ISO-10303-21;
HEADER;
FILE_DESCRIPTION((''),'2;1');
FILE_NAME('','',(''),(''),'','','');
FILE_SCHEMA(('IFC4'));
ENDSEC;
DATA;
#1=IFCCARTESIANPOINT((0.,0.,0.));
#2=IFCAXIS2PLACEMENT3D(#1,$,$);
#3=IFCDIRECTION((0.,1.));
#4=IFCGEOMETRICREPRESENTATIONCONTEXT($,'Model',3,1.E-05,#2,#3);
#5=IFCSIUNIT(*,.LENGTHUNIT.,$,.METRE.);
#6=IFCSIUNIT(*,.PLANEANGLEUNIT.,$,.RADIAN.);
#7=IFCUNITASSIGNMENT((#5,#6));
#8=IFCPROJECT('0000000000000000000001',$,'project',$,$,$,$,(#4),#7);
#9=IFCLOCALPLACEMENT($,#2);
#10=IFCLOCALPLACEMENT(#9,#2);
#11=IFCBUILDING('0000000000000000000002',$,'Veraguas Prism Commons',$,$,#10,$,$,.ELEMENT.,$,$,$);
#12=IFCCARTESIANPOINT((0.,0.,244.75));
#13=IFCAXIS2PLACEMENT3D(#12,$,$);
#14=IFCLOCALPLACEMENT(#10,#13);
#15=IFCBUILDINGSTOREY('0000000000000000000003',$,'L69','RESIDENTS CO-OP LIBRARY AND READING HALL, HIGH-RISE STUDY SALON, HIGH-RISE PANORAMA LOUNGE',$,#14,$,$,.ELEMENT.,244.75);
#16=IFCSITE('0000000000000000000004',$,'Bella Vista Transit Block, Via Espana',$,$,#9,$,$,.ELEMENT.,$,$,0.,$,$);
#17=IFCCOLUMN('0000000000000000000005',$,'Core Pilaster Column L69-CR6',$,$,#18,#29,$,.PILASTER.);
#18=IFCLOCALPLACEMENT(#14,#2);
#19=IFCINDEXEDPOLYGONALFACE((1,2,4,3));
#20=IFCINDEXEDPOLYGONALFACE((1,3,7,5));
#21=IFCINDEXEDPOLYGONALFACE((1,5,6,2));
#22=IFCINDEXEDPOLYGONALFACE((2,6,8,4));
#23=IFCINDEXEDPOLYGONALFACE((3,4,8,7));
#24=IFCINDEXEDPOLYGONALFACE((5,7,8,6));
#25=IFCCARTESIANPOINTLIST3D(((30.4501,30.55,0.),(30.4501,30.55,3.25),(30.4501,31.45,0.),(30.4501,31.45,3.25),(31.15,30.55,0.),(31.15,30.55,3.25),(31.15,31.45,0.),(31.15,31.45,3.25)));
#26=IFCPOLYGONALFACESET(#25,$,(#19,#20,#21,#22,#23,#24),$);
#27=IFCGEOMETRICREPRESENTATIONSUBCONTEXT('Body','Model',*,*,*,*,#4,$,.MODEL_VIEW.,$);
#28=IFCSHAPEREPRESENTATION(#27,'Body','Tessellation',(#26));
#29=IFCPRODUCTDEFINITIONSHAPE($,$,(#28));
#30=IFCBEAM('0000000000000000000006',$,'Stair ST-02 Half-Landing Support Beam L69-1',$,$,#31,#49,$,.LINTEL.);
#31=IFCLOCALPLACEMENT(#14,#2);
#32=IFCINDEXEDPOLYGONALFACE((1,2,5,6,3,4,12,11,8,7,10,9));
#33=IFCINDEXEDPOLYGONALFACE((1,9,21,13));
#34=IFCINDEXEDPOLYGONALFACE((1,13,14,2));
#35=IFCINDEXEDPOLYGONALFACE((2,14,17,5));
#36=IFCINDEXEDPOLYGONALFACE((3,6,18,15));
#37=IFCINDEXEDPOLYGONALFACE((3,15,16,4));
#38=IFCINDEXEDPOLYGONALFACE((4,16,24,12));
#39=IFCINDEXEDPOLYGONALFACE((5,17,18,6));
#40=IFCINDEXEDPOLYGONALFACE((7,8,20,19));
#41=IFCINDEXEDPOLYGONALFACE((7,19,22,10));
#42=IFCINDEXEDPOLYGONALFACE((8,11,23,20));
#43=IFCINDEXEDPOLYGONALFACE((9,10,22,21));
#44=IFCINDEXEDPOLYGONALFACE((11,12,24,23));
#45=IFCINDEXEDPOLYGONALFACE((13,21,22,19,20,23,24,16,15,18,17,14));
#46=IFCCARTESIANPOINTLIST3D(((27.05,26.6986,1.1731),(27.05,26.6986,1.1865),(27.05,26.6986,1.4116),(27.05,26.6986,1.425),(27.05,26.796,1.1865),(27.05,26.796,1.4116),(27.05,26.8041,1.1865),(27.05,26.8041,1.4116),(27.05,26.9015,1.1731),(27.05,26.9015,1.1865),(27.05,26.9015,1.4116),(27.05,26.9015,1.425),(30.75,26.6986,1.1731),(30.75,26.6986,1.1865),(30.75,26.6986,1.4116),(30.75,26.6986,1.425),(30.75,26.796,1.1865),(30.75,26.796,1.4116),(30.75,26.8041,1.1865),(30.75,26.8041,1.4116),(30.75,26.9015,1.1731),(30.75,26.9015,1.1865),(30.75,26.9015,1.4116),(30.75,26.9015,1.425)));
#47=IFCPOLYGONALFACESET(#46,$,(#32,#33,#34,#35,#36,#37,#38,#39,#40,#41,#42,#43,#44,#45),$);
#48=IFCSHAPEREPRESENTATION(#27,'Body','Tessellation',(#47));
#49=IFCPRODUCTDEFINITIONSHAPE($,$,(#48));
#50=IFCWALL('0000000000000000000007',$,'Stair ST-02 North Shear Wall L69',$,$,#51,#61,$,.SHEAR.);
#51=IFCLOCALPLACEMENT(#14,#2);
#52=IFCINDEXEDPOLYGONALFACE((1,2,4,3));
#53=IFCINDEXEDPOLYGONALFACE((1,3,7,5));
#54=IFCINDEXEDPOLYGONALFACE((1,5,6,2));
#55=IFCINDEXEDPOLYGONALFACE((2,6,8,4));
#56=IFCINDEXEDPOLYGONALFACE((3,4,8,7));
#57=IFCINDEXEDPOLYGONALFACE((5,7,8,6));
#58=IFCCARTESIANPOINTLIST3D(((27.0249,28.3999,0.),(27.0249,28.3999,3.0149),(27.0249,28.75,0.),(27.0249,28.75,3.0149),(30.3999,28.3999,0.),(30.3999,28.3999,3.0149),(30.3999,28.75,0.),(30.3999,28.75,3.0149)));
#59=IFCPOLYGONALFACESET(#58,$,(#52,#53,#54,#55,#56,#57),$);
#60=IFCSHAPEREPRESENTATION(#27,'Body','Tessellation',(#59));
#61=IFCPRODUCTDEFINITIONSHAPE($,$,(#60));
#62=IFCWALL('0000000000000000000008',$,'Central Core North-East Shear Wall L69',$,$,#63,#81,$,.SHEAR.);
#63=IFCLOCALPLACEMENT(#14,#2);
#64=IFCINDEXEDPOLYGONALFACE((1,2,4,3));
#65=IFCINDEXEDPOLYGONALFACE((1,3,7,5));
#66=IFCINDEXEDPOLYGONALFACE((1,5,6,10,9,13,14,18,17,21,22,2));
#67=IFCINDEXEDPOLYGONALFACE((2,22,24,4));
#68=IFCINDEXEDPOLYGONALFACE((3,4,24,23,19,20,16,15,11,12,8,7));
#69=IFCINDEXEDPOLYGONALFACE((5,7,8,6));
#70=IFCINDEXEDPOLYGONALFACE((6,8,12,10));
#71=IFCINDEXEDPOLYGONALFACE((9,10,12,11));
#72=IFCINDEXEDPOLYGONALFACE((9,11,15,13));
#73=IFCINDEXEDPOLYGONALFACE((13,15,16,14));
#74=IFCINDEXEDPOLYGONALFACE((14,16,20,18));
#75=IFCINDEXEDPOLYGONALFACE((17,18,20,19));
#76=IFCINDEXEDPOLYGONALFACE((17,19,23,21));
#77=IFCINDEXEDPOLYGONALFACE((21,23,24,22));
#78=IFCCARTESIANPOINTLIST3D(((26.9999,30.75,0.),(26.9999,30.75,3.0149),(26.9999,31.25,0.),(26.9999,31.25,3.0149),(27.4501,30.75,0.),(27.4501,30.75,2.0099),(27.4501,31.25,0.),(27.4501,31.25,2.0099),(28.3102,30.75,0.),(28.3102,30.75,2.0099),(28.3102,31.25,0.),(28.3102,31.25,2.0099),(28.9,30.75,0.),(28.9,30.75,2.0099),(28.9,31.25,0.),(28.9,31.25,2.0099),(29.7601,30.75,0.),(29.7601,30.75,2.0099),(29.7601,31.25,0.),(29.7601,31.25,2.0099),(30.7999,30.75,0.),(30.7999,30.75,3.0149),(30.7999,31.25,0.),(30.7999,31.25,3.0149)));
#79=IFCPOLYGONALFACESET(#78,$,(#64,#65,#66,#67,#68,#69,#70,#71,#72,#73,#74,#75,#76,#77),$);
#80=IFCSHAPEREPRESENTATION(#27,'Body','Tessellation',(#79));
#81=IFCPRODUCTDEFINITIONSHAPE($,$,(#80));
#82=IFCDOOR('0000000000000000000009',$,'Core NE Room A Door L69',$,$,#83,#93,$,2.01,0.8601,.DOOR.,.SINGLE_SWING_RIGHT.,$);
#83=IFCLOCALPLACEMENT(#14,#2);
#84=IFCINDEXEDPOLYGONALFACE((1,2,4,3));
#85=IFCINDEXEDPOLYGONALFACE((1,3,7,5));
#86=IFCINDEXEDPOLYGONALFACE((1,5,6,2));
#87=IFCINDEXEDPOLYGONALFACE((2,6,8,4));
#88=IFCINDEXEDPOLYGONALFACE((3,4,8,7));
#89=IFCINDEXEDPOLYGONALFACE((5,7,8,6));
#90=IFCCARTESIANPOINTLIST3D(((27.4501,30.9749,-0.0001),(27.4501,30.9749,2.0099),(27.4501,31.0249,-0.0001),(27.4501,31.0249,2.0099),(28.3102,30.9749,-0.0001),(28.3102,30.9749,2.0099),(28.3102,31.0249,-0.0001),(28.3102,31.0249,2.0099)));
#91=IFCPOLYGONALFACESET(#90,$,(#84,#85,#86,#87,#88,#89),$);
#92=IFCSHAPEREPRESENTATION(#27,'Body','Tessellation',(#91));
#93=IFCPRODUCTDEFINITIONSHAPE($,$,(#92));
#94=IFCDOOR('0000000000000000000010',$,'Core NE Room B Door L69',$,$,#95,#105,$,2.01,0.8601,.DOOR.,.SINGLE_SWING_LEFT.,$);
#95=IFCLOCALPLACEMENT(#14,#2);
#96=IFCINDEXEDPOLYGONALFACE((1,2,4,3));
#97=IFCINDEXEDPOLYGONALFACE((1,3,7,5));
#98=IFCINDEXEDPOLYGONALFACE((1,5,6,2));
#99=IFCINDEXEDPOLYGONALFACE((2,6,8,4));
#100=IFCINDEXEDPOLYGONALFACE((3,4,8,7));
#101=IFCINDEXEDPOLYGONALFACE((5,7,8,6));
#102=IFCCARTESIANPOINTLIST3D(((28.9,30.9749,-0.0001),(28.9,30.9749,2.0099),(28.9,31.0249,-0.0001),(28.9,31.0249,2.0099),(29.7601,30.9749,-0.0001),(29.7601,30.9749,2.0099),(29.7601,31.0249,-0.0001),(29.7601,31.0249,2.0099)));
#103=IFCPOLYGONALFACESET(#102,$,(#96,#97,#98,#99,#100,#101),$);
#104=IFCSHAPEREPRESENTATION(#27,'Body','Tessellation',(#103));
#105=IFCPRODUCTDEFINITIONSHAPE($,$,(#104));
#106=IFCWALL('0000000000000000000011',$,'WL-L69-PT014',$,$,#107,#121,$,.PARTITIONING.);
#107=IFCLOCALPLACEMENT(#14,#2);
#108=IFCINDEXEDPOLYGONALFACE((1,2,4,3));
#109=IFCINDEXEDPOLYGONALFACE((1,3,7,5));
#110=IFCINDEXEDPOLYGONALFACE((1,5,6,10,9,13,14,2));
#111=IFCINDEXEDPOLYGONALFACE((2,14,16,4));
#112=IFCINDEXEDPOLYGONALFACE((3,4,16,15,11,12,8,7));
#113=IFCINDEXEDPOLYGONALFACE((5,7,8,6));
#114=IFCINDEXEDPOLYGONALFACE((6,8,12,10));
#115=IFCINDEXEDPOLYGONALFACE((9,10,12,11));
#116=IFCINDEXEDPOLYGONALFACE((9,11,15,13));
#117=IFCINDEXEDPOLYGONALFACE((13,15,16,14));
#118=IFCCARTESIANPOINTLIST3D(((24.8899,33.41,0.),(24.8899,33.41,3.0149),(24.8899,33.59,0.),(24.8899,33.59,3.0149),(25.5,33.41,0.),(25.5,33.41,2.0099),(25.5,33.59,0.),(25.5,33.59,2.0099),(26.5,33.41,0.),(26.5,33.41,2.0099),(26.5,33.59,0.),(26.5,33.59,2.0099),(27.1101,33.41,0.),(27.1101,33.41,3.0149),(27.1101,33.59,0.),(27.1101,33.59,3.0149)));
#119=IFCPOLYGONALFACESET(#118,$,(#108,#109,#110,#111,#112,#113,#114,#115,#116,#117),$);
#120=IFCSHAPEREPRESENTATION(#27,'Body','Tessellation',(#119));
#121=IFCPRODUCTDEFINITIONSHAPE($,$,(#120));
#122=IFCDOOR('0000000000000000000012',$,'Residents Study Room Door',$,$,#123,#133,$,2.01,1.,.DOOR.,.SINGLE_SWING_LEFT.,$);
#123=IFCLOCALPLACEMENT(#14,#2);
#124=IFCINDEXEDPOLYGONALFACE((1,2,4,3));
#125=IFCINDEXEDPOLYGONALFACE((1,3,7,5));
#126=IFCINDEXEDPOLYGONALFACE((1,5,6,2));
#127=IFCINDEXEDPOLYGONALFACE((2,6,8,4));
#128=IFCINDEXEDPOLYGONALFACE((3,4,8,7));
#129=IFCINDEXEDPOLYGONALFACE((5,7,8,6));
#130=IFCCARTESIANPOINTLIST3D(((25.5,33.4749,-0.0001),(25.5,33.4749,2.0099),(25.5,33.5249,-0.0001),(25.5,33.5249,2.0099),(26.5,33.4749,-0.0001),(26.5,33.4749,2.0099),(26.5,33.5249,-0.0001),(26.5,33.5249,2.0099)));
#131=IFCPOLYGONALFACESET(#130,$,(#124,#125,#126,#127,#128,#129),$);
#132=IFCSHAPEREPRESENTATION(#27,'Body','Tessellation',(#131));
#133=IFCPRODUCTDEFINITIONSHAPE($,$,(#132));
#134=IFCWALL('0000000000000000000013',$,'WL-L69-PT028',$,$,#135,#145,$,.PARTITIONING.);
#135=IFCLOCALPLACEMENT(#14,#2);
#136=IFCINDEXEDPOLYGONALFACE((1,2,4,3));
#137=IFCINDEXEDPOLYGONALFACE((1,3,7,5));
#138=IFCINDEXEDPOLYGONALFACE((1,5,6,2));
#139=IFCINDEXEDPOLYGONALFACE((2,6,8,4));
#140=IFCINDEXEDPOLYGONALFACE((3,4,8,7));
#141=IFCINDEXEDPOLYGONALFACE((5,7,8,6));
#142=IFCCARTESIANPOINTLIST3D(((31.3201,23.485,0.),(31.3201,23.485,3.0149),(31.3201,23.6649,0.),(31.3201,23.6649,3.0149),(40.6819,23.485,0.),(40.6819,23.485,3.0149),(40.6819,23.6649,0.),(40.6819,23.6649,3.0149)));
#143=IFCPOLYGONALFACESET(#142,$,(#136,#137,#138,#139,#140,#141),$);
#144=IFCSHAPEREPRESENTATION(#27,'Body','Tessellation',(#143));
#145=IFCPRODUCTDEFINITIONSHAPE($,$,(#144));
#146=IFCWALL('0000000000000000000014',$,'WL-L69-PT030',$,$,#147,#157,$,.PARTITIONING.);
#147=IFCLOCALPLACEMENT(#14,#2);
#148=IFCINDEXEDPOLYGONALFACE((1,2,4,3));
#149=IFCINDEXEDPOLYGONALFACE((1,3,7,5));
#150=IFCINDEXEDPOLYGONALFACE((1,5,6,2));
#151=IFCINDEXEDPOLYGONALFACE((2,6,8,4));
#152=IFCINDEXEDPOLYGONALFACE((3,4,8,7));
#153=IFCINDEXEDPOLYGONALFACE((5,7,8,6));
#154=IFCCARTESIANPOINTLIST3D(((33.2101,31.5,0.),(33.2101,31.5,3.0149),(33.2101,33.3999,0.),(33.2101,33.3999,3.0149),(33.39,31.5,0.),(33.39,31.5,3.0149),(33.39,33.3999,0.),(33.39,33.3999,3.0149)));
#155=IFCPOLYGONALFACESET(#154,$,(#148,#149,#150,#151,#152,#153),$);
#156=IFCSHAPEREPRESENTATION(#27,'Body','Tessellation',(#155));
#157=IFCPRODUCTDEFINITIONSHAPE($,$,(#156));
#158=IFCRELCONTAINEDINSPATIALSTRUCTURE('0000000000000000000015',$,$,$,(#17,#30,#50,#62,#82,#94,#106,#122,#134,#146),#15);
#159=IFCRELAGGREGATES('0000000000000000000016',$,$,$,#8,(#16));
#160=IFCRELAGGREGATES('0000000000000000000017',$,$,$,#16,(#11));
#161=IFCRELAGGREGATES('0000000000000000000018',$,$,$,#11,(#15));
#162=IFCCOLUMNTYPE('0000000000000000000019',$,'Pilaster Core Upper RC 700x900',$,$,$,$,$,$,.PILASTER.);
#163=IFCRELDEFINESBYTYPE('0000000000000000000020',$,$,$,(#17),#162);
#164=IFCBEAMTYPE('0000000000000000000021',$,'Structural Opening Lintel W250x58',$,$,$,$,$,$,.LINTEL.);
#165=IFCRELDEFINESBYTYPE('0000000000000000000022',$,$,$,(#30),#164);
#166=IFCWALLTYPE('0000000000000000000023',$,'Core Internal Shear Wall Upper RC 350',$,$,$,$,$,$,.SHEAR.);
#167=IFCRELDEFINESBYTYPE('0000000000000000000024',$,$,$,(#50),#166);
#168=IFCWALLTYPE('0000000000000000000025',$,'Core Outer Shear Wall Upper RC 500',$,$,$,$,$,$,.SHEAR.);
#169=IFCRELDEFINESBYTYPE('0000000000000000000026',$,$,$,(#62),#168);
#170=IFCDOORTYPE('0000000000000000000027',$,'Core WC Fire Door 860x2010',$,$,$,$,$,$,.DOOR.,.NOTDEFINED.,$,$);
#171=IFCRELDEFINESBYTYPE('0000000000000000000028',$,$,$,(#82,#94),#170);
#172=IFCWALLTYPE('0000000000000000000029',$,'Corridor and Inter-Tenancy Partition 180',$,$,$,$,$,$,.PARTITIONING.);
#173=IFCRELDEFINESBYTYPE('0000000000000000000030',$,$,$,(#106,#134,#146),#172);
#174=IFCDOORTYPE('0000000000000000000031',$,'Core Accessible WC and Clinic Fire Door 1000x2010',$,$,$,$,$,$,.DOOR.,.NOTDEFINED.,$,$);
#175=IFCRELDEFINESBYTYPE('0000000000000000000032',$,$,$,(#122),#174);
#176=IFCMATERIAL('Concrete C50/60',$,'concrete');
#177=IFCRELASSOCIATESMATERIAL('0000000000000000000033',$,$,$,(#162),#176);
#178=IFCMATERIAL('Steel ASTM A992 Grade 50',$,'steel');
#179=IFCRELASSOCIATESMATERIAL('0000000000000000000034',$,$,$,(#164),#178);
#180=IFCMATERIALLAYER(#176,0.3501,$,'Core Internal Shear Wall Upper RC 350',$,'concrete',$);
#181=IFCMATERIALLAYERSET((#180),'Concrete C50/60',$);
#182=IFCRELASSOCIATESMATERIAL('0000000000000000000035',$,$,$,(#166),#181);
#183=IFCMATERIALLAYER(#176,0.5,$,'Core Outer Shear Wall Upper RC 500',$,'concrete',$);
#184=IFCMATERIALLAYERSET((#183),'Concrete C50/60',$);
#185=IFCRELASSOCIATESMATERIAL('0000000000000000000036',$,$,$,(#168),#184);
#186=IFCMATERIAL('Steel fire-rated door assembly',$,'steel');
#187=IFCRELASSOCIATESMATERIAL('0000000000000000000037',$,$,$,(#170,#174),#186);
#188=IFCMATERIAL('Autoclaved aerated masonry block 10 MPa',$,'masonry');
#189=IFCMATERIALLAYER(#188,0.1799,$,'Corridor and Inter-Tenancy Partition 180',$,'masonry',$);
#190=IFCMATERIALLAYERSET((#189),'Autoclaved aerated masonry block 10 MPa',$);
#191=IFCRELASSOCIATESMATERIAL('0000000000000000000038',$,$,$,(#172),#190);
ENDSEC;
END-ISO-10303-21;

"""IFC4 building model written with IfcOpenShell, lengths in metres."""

from ifc_helpers import new_model, si_unit, direction, frame, frame_2d, origin, origin_2d, place, context, subcontext, project, spatial, rectangle, i_section, extrude, source, transform, mapped, material, layer, layer_set, material_profile, profile_set, type_object, element, fill, save


model = new_model("IFC4")

# Units and contexts
model_context = context("Model", 3, precision=1e-05, world=origin(), true_north=direction((0.0, 1.0)))
body_context = subcontext(model_context, "Body", "Model", "MODEL_VIEW")
ifc_project = project(units=[si_unit("LENGTHUNIT", "METRE"), si_unit("PLANEANGLEUNIT", "RADIAN")], contexts=[model_context])

# Site, building, storey
site_placement = place(None, origin())
site = spatial("IfcSite", under=ifc_project, at=site_placement, Name="Bella Vista Transit Block, Via Espana", CompositionType="ELEMENT", RefElevation=0.0)
building_placement = place(site_placement, origin())
building = spatial("IfcBuilding", under=site, at=building_placement, Name="Veraguas Prism Commons", CompositionType="ELEMENT")
storey_placement = place(building_placement, frame((0.0, 0.0, 244.75)))
storey = spatial("IfcBuildingStorey", under=building, at=storey_placement, Name="L69", Description="RESIDENTS CO-OP LIBRARY AND READING HALL, HIGH-RISE STUDY SALON, HIGH-RISE PANORAMA LOUNGE", CompositionType="ELEMENT", Elevation=244.75)

# Column
ifc_material_1 = material(Name="Concrete C50/60", Category="concrete")
ifc_material_profile_1 = material_profile(ifc_material_1, rectangle(XDim=0.7, YDim=0.8999, at=origin_2d()), Name="RC700X900")
ifc_profile_set_1 = profile_set([ifc_material_profile_1], Name="Concrete C50/60")
column_type = type_object("IfcColumnType", Name="Pilaster Core Upper RC 700x900", PredefinedType="PILASTER", material=ifc_profile_set_1)
column_placement = place(storey_placement, frame((30.8, 31.0, 0.0), z_axis=(0.0, 0.0, 1.0), x_axis=(1.0, 0.0, 0.0)))
element("IfcColumn", 1, at=column_placement, inside=storey, type_object=column_type, Name="Core Pilaster Column L69-CR6", PredefinedType="PILASTER", context=body_context, shape_type="SweptSolid", body=[
    extrude(rectangle(XDim=0.7, YDim=0.8999, at=origin_2d()), origin(), (0.0, 0.0, 1.0), 3.25),
])

# Beam
ifc_material_2 = material(Name="Steel ASTM A992 Grade 50", Category="steel")
ifc_material_profile_2 = material_profile(ifc_material_2, i_section(OverallWidth=0.2029, OverallDepth=0.252, WebThickness=0.0081, FlangeThickness=0.0134, at=origin_2d()), Name="W250X58")
ifc_profile_set_2 = profile_set([ifc_material_profile_2], Name="Steel ASTM A992 Grade 50")
beam_type = type_object("IfcBeamType", Name="Structural Opening Lintel W250x58", PredefinedType="LINTEL", material=ifc_profile_set_2)
beam_placement = place(storey_placement, frame((27.05, 26.8, 1.2991), z_axis=(1.0, 0.0, 0.0), x_axis=(0.0, 1.0, 0.0)))
element("IfcBeam", 2, at=beam_placement, inside=storey, type_object=beam_type, Name="Stair ST-02 Half-Landing Support Beam L69-1", PredefinedType="LINTEL", context=body_context, shape_type="SweptSolid", body=[
    extrude(i_section(OverallWidth=0.2029, OverallDepth=0.252, WebThickness=0.0081, FlangeThickness=0.0134, at=origin_2d()), origin(), (0.0, 0.0, 1.0), 3.7),
])

# Wall
ifc_layer_1 = layer(ifc_material_1, 0.3501, Name="Core Internal Shear Wall Upper RC 350", Category="concrete")
ifc_layer_set_1 = layer_set([ifc_layer_1], Name="Concrete C50/60")
wall_type_1 = type_object("IfcWallType", Name="Core Internal Shear Wall Upper RC 350", PredefinedType="SHEAR", material=ifc_layer_set_1)
wall_1_placement = place(storey_placement, frame((27.0249, 28.575, 0.0), z_axis=(0.0, 0.0, 1.0), x_axis=(1.0, 0.0, 0.0)))
element("IfcWall", 3, at=wall_1_placement, inside=storey, type_object=wall_type_1, Name="Stair ST-02 North Shear Wall L69", PredefinedType="SHEAR", context=body_context, shape_type="SweptSolid", body=[
    extrude(rectangle(XDim=3.375, YDim=0.3501, at=frame_2d((1.6875, 0.0))), origin(), (0.0, 0.0, 1.0), 3.0149),
])

# Wall, openings, doors
ifc_layer_2 = layer(ifc_material_1, 0.5, Name="Core Outer Shear Wall Upper RC 500", Category="concrete")
ifc_layer_set_2 = layer_set([ifc_layer_2], Name="Concrete C50/60")
wall_type_2 = type_object("IfcWallType", Name="Core Outer Shear Wall Upper RC 500", PredefinedType="SHEAR", material=ifc_layer_set_2)
wall_2_placement = place(storey_placement, frame((27.0, 31.0, 0.0), z_axis=(0.0, 0.0, 1.0), x_axis=(1.0, 0.0, 0.0)))
wall_2 = element("IfcWall", 4, at=wall_2_placement, inside=storey, type_object=wall_type_2, Name="Central Core North-East Shear Wall L69", PredefinedType="SHEAR", context=body_context, shape_type="SweptSolid", body=[
    extrude(rectangle(XDim=3.8, YDim=0.5, at=frame_2d((1.8999, 0.0))), origin(), (0.0, 0.0, 1.0), 3.0149),
])
opening_1_placement = place(wall_2_placement, frame((0.45, 0.0, 0.0)))
opening_1 = element("IfcOpeningElement", 5, at=opening_1_placement, cuts=wall_2, PredefinedType="OPENING", context=body_context, shape_type="SweptSolid", body=[
    extrude(rectangle(XDim=0.8601, YDim=2.01, at=frame_2d((0.4302, 1.0049))), frame((0.0, 0.26, 0.0), z_axis=(0.0, -1.0, 0.0), x_axis=(1.0, 0.0, 0.0)), (0.0, 0.0, 1.0), 0.52),
])
opening_2_placement = place(wall_2_placement, frame((1.8999, 0.0, 0.0)))
opening_2 = element("IfcOpeningElement", 6, at=opening_2_placement, cuts=wall_2, PredefinedType="OPENING", context=body_context, shape_type="SweptSolid", body=[
    extrude(rectangle(XDim=0.8601, YDim=2.01, at=frame_2d((0.4302, 1.0049))), frame((0.0, 0.26, 0.0), z_axis=(0.0, -1.0, 0.0), x_axis=(1.0, 0.0, 0.0)), (0.0, 0.0, 1.0), 0.52),
])
ifc_material_3 = material(Name="Steel fire-rated door assembly", Category="steel")
door_type_1 = type_object("IfcDoorType", Name="Core WC Fire Door 860x2010", OperationType="NOTDEFINED", PredefinedType="DOOR", material=ifc_material_3)
shared_shape_1 = source(origin(), body_context, "Body", "SweptSolid", [
    extrude(rectangle(XDim=0.8601, YDim=2.01, at=frame_2d((0.4302, 1.0049))), frame((0.0, 0.0249, 0.0), z_axis=(0.0, -1.0, 0.0), x_axis=(1.0, 0.0, 0.0)), (0.0, 0.0, 1.0), 0.05),
])
door_1_placement = place(opening_1_placement, origin())
door_1 = element("IfcDoor", 7, at=door_1_placement, inside=storey, type_object=door_type_1, Name="Core NE Room A Door L69", OperationType="SINGLE_SWING_RIGHT", OverallHeight=2.01, OverallWidth=0.8601, PredefinedType="DOOR", context=body_context, shape_type="MappedRepresentation", body=[
    mapped(shared_shape_1, transform((0.0, 0.0, 0.0), scale=1.0)),
])
fill(opening_1, door_1)
door_2_placement = place(opening_2_placement, origin())
door_2 = element("IfcDoor", 8, at=door_2_placement, inside=storey, type_object=door_type_1, Name="Core NE Room B Door L69", OperationType="SINGLE_SWING_LEFT", OverallHeight=2.01, OverallWidth=0.8601, PredefinedType="DOOR", context=body_context, shape_type="MappedRepresentation", body=[
    mapped(shared_shape_1, transform((0.0, 0.0, 0.0), scale=1.0)),
])
fill(opening_2, door_2)

# Wall, opening, door
ifc_material_4 = material(Name="Autoclaved aerated masonry block 10 MPa", Category="masonry")
ifc_layer_3 = layer(ifc_material_4, 0.1799, Name="Corridor and Inter-Tenancy Partition 180", Category="masonry")
ifc_layer_set_3 = layer_set([ifc_layer_3], Name="Autoclaved aerated masonry block 10 MPa")
wall_type_3 = type_object("IfcWallType", Name="Corridor and Inter-Tenancy Partition 180", PredefinedType="PARTITIONING", material=ifc_layer_set_3)
wall_3_placement = place(storey_placement, frame((24.8899, 33.5, 0.0), z_axis=(0.0, 0.0, 1.0), x_axis=(1.0, 0.0, 0.0)))
wall_3 = element("IfcWall", 9, at=wall_3_placement, inside=storey, type_object=wall_type_3, Name="WL-L69-PT014", PredefinedType="PARTITIONING", context=body_context, shape_type="SweptSolid", body=[
    extrude(rectangle(XDim=2.2202, YDim=0.1799, at=frame_2d((1.1101, 0.0))), origin(), (0.0, 0.0, 1.0), 3.0149),
])
opening_3_placement = place(wall_3_placement, frame((0.6101, 0.0, 0.0)))
opening_3 = element("IfcOpeningElement", 10, at=opening_3_placement, cuts=wall_3, PredefinedType="OPENING", context=body_context, shape_type="SweptSolid", body=[
    extrude(rectangle(XDim=1.0, YDim=2.01, at=frame_2d((0.5, 1.0049))), frame((0.0, 0.0999, 0.0), z_axis=(0.0, -1.0, 0.0), x_axis=(1.0, 0.0, 0.0)), (0.0, 0.0, 1.0), 0.2),
])
door_type_2 = type_object("IfcDoorType", Name="Core Accessible WC and Clinic Fire Door 1000x2010", OperationType="NOTDEFINED", PredefinedType="DOOR", material=ifc_material_3)
shared_shape_2 = source(origin(), body_context, "Body", "SweptSolid", [
    extrude(rectangle(XDim=1.0, YDim=2.01, at=frame_2d((0.5, 1.0049))), frame((0.0, 0.0249, 0.0), z_axis=(0.0, -1.0, 0.0), x_axis=(1.0, 0.0, 0.0)), (0.0, 0.0, 1.0), 0.05),
])
door_3_placement = place(opening_3_placement, origin())
door_3 = element("IfcDoor", 11, at=door_3_placement, inside=storey, type_object=door_type_2, Name="Residents Study Room Door", OperationType="SINGLE_SWING_LEFT", OverallHeight=2.01, OverallWidth=1.0, PredefinedType="DOOR", context=body_context, shape_type="MappedRepresentation", body=[
    mapped(shared_shape_2, transform((0.0, 0.0, 0.0), scale=1.0)),
])
fill(opening_3, door_3)

# Walls
wall_4_placement = place(storey_placement, frame((31.3201, 23.575, 0.0), z_axis=(0.0, 0.0, 1.0), x_axis=(1.0, 0.0, 0.0)))
element("IfcWall", 12, at=wall_4_placement, inside=storey, type_object=wall_type_3, Name="WL-L69-PT028", PredefinedType="PARTITIONING", context=body_context, shape_type="SweptSolid", body=[
    extrude(rectangle(XDim=9.3618, YDim=0.1799, at=frame_2d((4.6809, 0.0))), origin(), (0.0, 0.0, 1.0), 3.0149),
])
wall_5_placement = place(storey_placement, frame((33.3, 31.5, 0.0), z_axis=(0.0, 0.0, 1.0), x_axis=(0.0, 1.0, 0.0)))
element("IfcWall", 13, at=wall_5_placement, inside=storey, type_object=wall_type_3, Name="WL-L69-PT030", PredefinedType="PARTITIONING", context=body_context, shape_type="SweptSolid", body=[
    extrude(rectangle(XDim=1.8999, YDim=0.1799, at=frame_2d((0.95, 0.0))), origin(), (0.0, 0.0, 1.0), 3.0149),
])

save(model, "model.ifc")
